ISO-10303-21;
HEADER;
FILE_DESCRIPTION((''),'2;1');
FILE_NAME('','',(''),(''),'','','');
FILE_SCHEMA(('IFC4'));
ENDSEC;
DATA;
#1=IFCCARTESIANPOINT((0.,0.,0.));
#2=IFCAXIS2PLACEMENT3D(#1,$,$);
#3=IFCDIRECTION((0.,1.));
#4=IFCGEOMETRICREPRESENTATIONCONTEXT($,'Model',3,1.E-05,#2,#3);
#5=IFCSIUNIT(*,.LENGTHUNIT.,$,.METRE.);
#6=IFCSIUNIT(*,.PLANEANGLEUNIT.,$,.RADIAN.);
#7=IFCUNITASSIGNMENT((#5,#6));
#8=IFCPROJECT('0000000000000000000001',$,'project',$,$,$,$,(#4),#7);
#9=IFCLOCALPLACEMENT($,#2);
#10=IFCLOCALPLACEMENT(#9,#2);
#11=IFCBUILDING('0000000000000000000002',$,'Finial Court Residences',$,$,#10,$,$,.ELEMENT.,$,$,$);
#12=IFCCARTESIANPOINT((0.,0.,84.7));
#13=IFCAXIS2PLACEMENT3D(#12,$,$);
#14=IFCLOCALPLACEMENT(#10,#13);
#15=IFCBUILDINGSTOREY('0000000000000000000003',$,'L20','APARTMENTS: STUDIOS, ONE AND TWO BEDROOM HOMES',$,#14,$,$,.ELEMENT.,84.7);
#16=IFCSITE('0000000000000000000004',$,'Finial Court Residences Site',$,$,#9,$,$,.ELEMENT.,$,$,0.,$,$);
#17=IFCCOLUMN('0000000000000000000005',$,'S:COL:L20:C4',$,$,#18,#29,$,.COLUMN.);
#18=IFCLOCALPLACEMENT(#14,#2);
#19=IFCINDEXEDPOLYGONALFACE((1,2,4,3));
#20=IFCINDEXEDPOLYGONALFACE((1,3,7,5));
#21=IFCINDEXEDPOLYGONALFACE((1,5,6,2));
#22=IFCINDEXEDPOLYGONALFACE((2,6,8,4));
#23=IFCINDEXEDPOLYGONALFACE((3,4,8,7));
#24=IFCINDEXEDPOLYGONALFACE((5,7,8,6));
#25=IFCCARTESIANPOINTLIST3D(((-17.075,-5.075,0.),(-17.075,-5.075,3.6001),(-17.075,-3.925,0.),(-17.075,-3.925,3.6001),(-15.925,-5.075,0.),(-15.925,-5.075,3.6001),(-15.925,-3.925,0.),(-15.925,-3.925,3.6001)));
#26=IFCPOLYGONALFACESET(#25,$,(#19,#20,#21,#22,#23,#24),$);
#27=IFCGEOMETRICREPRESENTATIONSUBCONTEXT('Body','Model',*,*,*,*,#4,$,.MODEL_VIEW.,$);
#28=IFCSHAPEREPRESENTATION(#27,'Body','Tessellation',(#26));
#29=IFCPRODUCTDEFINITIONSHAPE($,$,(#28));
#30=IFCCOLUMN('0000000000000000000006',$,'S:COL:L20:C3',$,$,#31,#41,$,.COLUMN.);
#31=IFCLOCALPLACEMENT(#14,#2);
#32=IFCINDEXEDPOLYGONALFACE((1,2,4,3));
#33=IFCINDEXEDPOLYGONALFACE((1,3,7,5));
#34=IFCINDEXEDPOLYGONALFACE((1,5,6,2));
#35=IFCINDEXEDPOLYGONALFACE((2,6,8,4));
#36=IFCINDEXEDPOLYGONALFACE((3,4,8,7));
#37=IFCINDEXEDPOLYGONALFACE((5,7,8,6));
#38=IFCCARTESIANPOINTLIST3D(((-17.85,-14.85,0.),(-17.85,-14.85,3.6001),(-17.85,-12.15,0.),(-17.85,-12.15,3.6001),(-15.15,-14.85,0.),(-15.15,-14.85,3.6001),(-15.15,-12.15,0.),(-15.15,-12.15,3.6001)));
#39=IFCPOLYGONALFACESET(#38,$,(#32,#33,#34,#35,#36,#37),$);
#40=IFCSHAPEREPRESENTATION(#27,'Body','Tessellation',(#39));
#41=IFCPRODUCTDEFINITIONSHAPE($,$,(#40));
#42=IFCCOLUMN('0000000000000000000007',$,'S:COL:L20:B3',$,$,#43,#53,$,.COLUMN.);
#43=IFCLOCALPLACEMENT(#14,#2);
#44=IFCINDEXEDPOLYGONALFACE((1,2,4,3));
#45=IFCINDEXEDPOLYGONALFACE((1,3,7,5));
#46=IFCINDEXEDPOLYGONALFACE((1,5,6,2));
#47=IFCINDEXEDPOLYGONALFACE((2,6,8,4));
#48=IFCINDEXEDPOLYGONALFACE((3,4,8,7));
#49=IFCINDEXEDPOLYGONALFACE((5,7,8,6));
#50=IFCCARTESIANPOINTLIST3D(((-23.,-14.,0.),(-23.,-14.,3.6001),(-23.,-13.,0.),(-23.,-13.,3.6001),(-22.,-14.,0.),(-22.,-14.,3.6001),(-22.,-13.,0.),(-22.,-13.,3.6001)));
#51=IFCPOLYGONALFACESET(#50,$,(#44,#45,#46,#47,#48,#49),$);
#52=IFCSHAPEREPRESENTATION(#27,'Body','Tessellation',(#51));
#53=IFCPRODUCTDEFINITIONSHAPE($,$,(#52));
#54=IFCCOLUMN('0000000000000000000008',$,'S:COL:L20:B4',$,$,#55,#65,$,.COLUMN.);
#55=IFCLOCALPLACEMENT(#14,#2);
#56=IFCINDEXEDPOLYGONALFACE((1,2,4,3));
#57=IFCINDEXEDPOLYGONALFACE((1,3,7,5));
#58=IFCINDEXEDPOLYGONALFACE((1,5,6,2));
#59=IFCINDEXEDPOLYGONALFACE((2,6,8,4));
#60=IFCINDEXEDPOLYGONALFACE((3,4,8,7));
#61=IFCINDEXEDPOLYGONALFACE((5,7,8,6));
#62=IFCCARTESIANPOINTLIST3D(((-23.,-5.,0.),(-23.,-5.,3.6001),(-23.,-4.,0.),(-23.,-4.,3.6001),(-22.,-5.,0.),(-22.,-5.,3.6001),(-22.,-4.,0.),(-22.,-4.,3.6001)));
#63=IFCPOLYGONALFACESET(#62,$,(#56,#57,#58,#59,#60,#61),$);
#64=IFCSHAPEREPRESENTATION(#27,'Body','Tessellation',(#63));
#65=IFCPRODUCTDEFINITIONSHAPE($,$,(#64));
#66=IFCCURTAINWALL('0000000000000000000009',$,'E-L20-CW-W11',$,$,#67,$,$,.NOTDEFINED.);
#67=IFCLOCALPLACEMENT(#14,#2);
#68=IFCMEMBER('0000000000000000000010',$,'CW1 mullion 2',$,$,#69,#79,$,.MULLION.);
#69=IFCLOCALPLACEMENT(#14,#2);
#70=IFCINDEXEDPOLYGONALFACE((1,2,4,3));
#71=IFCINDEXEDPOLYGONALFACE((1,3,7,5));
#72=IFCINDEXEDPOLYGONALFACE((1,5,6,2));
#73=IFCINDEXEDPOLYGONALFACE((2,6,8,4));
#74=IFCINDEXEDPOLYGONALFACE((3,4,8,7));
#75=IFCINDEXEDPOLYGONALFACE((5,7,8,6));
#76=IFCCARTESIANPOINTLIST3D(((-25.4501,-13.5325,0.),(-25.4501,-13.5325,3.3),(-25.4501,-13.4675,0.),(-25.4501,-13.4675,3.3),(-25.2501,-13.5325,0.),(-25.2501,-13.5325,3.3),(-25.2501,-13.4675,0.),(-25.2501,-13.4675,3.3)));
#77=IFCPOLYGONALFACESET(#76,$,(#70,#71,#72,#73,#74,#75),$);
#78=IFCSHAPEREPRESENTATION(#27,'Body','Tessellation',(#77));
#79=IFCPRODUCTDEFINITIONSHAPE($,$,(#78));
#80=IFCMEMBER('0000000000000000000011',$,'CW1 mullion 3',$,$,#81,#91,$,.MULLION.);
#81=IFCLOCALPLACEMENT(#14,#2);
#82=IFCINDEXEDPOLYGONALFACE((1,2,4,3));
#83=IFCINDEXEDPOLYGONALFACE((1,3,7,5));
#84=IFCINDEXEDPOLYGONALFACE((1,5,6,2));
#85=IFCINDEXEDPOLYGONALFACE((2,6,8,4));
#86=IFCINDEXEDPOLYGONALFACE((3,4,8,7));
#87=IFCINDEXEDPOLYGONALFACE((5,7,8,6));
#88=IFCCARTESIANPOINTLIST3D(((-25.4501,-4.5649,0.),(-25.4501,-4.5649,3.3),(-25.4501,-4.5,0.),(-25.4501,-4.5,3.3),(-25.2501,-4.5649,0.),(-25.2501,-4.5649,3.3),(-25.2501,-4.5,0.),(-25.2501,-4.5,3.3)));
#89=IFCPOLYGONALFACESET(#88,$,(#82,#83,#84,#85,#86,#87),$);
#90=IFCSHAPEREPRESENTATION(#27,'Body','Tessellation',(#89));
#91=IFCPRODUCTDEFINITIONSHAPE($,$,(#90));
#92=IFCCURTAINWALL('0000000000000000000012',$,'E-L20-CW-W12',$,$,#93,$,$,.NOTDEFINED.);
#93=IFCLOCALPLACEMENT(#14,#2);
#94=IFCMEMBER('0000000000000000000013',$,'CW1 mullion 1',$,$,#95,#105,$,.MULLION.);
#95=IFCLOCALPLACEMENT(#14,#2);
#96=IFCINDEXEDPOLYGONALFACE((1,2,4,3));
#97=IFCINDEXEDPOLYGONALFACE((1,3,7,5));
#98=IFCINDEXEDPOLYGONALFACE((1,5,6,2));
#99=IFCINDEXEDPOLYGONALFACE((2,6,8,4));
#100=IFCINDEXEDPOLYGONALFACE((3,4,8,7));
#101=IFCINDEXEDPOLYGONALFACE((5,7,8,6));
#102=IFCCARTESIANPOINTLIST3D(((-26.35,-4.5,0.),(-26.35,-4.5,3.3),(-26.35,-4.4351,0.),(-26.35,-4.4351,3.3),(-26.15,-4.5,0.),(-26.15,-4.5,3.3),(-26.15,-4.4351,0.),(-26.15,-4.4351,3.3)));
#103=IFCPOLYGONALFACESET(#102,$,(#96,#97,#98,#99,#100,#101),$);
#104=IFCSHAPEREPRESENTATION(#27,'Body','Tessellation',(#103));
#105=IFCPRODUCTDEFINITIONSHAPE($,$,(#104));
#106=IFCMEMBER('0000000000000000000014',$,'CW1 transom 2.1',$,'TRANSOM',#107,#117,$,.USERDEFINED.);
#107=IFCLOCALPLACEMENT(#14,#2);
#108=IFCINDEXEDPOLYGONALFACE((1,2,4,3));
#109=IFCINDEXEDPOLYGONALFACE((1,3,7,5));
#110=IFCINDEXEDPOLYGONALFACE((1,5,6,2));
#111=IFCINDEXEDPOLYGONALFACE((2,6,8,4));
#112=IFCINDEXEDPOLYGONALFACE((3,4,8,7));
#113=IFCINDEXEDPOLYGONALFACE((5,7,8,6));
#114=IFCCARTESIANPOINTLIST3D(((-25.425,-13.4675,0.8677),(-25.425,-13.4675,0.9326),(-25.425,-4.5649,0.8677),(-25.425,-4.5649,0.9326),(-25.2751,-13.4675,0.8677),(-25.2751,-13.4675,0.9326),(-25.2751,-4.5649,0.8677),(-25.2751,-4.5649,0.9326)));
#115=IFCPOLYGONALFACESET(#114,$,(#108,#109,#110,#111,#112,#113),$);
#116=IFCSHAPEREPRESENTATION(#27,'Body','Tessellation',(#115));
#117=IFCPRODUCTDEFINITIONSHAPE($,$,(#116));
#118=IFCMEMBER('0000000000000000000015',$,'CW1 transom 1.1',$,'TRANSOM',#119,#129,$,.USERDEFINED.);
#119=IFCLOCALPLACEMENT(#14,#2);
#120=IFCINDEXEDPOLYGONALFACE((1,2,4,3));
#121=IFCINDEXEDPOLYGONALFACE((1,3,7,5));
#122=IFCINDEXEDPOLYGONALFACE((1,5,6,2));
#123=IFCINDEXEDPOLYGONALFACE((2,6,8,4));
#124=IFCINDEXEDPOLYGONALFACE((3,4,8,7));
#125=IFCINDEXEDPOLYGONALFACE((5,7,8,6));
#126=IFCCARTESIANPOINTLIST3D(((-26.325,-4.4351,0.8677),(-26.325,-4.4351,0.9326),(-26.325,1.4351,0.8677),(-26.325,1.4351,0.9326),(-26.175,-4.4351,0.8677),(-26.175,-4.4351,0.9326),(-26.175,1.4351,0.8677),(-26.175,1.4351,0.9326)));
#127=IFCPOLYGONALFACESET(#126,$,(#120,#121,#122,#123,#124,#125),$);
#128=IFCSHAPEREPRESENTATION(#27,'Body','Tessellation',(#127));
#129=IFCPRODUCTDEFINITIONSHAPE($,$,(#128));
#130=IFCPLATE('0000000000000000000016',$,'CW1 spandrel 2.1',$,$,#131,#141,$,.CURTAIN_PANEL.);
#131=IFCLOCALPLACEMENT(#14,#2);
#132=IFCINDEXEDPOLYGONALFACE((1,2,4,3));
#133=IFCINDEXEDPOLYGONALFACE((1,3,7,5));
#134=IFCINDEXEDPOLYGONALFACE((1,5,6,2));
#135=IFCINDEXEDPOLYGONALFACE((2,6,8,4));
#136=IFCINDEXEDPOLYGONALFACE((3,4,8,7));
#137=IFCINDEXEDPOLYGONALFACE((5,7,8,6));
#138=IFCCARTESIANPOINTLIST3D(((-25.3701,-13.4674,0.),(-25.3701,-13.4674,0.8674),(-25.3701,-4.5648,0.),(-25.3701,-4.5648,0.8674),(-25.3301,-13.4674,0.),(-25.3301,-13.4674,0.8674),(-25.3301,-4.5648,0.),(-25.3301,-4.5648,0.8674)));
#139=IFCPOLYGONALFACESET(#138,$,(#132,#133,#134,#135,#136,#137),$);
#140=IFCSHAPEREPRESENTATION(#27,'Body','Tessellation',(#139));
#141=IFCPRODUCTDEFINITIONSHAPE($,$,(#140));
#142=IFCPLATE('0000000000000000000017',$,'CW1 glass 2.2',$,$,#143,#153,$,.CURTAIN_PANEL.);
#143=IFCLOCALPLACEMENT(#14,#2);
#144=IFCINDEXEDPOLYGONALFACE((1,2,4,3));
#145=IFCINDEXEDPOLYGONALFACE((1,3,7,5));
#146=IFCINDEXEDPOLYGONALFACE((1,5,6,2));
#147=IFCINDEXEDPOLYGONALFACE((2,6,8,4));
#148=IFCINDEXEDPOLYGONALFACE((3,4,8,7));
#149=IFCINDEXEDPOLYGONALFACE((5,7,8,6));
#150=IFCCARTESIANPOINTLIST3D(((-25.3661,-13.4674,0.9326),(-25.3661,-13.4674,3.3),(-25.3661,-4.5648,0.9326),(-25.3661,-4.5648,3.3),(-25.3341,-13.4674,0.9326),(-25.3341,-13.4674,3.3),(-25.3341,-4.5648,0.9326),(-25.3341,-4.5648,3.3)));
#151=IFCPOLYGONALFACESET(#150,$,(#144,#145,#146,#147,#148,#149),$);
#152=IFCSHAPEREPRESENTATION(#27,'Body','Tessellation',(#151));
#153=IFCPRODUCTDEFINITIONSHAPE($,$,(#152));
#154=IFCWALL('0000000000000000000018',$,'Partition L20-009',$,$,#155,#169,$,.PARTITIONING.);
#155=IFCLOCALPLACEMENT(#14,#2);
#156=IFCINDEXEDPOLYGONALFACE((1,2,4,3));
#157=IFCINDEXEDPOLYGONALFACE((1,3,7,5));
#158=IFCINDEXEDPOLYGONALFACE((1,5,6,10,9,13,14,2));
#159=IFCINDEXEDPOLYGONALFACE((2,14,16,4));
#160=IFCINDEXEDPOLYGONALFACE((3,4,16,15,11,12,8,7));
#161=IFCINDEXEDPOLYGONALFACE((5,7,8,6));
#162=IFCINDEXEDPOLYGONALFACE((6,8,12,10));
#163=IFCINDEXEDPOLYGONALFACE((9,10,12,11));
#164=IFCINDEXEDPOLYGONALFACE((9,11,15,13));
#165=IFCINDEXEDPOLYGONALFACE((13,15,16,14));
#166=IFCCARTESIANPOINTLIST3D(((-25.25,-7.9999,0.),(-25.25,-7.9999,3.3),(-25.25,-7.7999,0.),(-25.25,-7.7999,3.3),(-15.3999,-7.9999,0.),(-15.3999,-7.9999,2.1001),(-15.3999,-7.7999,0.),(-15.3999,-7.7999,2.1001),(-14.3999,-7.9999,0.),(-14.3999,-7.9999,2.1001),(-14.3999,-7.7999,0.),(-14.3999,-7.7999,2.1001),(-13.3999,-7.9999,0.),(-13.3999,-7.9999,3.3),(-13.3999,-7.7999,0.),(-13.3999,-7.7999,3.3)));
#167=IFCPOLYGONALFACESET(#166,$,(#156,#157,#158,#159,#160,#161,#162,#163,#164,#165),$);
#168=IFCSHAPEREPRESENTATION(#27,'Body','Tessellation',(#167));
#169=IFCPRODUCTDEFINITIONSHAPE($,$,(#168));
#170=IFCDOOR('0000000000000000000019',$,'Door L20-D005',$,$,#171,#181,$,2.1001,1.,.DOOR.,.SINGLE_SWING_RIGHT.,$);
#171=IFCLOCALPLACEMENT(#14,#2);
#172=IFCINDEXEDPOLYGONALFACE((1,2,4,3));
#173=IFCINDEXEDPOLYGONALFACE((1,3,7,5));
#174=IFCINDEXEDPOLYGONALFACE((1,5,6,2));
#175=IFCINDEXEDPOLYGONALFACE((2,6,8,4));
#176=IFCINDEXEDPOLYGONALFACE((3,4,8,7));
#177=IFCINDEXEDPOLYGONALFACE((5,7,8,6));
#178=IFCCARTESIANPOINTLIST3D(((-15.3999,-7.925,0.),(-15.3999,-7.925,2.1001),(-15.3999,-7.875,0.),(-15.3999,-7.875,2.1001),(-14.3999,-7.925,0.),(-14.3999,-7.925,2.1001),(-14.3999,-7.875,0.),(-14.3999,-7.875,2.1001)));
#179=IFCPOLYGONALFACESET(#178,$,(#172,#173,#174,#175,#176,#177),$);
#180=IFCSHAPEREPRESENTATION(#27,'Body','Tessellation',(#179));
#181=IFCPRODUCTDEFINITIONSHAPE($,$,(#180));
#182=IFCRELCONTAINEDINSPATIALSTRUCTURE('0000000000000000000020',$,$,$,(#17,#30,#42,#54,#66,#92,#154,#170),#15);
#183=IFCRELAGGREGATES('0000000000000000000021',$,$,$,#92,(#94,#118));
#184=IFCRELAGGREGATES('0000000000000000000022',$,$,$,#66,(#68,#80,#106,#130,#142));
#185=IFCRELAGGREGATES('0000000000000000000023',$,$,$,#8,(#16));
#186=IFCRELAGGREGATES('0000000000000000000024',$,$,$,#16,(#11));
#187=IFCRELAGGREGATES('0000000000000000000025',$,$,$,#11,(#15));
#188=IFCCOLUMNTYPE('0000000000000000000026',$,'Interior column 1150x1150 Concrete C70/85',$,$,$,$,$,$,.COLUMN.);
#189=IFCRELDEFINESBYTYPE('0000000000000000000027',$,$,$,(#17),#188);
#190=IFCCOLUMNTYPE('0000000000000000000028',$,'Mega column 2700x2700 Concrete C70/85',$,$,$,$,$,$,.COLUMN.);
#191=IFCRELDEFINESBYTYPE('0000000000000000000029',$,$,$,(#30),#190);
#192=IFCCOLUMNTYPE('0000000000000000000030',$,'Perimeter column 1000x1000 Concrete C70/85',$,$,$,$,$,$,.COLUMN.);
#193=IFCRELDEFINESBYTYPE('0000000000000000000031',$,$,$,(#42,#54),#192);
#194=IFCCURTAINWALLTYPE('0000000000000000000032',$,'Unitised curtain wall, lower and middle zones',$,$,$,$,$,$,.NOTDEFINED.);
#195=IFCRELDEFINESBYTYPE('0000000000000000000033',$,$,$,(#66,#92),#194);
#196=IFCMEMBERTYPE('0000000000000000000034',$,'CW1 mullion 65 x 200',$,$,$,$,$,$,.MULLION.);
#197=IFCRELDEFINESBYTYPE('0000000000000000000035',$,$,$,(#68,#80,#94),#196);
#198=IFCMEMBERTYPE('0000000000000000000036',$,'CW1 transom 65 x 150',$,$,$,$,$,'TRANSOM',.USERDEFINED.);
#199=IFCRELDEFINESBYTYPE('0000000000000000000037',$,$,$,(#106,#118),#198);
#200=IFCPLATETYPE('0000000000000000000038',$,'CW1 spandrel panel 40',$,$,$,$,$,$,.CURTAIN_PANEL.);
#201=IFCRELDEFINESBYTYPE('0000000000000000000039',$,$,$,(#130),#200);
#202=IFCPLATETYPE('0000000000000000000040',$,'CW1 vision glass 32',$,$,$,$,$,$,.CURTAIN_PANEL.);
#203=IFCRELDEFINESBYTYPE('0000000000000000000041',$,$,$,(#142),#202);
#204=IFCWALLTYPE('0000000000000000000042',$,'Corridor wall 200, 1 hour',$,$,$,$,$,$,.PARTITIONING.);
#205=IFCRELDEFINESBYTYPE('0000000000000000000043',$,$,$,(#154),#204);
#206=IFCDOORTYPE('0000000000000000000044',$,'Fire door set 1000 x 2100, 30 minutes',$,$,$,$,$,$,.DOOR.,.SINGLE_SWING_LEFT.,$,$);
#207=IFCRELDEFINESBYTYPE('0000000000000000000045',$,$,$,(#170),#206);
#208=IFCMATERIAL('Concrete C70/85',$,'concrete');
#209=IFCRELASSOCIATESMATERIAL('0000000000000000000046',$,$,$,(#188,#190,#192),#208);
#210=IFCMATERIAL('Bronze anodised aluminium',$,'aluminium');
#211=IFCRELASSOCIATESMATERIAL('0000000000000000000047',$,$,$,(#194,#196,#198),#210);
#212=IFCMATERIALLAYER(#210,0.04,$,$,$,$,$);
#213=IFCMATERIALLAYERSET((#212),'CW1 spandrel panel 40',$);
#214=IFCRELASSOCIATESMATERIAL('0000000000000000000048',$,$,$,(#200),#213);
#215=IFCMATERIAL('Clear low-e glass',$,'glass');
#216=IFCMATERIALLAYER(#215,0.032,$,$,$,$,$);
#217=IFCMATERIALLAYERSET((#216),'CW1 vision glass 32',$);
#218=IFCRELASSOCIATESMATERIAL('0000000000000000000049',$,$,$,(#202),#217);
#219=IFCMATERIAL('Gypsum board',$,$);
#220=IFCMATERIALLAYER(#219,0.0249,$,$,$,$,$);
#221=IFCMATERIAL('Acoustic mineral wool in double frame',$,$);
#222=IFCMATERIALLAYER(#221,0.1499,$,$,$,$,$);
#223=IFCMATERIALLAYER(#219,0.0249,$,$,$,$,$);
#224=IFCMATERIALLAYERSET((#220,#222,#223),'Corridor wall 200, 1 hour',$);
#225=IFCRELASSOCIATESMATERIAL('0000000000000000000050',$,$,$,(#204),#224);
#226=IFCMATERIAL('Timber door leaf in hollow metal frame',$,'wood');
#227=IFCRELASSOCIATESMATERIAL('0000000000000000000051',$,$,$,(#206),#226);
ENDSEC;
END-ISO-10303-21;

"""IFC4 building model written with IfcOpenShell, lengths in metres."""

from ifc_helpers import new_model, si_unit, direction, frame, frame_2d, origin, origin_2d, place, context, subcontext, project, spatial, rectangle, extrude, material, layer, layer_set, material_profile, profile_set, type_object, element, fill, aggregate, save


model = new_model("IFC4")

# Units and contexts
model_context = context("Model", 3, precision=1e-05, world=origin(), true_north=direction((0.0, 1.0)))
body_context = subcontext(model_context, "Body", "Model", "MODEL_VIEW")
ifc_project = project(units=[si_unit("LENGTHUNIT", "METRE"), si_unit("PLANEANGLEUNIT", "RADIAN")], contexts=[model_context])

# Site, building, storey
site_placement = place(None, origin())
site = spatial("IfcSite", under=ifc_project, at=site_placement, Name="Finial Court Residences Site", CompositionType="ELEMENT", RefElevation=0.0)
building_placement = place(site_placement, origin())
building = spatial("IfcBuilding", under=site, at=building_placement, Name="Finial Court Residences", CompositionType="ELEMENT")
storey_placement = place(building_placement, frame((0.0, 0.0, 84.7)))
storey = spatial("IfcBuildingStorey", under=building, at=storey_placement, Name="L20", Description="APARTMENTS: STUDIOS, ONE AND TWO BEDROOM HOMES", CompositionType="ELEMENT", Elevation=84.7)

# Columns
ifc_material_1 = material(Name="Concrete C70/85", Category="concrete")
ifc_material_profile_1 = material_profile(ifc_material_1, rectangle(XDim=1.1499, YDim=1.1499, at=origin_2d()), Name="1150x1150")
ifc_profile_set_1 = profile_set([ifc_material_profile_1], Name="Concrete C70/85")
column_type_1 = type_object("IfcColumnType", Name="Interior column 1150x1150 Concrete C70/85", PredefinedType="COLUMN", material=ifc_profile_set_1)
column_1_placement = place(storey_placement, frame((-16.5, -4.5, 0.0), z_axis=(0.0, 0.0, 1.0), x_axis=(1.0, 0.0, 0.0)))
element("IfcColumn", 1, at=column_1_placement, inside=storey, type_object=column_type_1, Name="S:COL:L20:C4", PredefinedType="COLUMN", context=body_context, shape_type="SweptSolid", body=[
    extrude(rectangle(XDim=1.1499, YDim=1.1499, at=origin_2d()), origin(), (0.0, 0.0, 1.0), 3.6001),
])
ifc_material_profile_2 = material_profile(ifc_material_1, rectangle(XDim=2.7, YDim=2.7, at=origin_2d()), Name="2700x2700")
ifc_profile_set_2 = profile_set([ifc_material_profile_2], Name="Concrete C70/85")
column_type_2 = type_object("IfcColumnType", Name="Mega column 2700x2700 Concrete C70/85", PredefinedType="COLUMN", material=ifc_profile_set_2)
column_2_placement = place(storey_placement, frame((-16.5, -13.5, 0.0), z_axis=(0.0, 0.0, 1.0), x_axis=(1.0, 0.0, 0.0)))
element("IfcColumn", 2, at=column_2_placement, inside=storey, type_object=column_type_2, Name="S:COL:L20:C3", PredefinedType="COLUMN", context=body_context, shape_type="SweptSolid", body=[
    extrude(rectangle(XDim=2.7, YDim=2.7, at=origin_2d()), origin(), (0.0, 0.0, 1.0), 3.6001),
])
ifc_material_profile_3 = material_profile(ifc_material_1, rectangle(XDim=1.0, YDim=1.0, at=origin_2d()), Name="1000x1000")
ifc_profile_set_3 = profile_set([ifc_material_profile_3], Name="Concrete C70/85")
column_type_3 = type_object("IfcColumnType", Name="Perimeter column 1000x1000 Concrete C70/85", PredefinedType="COLUMN", material=ifc_profile_set_3)
for number, where, z_axis, x_axis, name in (
    (3, (-22.5, -13.5, 0.0), (0.0, 0.0, 1.0), (1.0, 0.0, 0.0), "S:COL:L20:B3"),
    (4, (-22.5, -4.5, 0.0), (0.0, 0.0, 1.0), (1.0, 0.0, 0.0), "S:COL:L20:B4"),
):
    element("IfcColumn", number, at=place(storey_placement, frame(where, z_axis=z_axis, x_axis=x_axis)), inside=storey, type_object=column_type_3, Name=name, PredefinedType="COLUMN", context=body_context, shape_type="SweptSolid", body=[
        extrude(rectangle(XDim=1.0, YDim=1.0, at=origin_2d()), origin(), (0.0, 0.0, 1.0), 3.6001),
    ])

# Curtain wall, members
ifc_material_2 = material(Name="Bronze anodised aluminium", Category="aluminium")
curtain_wall_type = type_object("IfcCurtainWallType", Name="Unitised curtain wall, lower and middle zones", PredefinedType="NOTDEFINED", material=ifc_material_2)
curtain_wall_1_placement = place(storey_placement, origin())
curtain_wall_1 = element("IfcCurtainWall", 5, at=curtain_wall_1_placement, inside=storey, type_object=curtain_wall_type, Name="E-L20-CW-W11", PredefinedType="NOTDEFINED")
ifc_material_profile_4 = material_profile(ifc_material_2, rectangle(XDim=0.2, YDim=0.0649, at=origin_2d()), Name="CW1 mullion 65 x 200")
ifc_profile_set_4 = profile_set([ifc_material_profile_4], Name="Bronze anodised aluminium")
member_type_1 = type_object("IfcMemberType", Name="CW1 mullion 65 x 200", PredefinedType="MULLION", material=ifc_profile_set_4)
member_1_placement = place(storey_placement, frame((-25.3501, -13.5, 0.0), z_axis=(0.0, 0.0, 1.0), x_axis=(-1.0, 0.0, 0.0)))
member_1 = element("IfcMember", 6, at=member_1_placement, type_object=member_type_1, Name="CW1 mullion 2", PredefinedType="MULLION", context=body_context, shape_type="SweptSolid", body=[
    extrude(rectangle(XDim=0.2, YDim=0.0649, at=origin_2d()), origin(), (0.0, 0.0, 1.0), 3.3),
])
member_2_placement = place(storey_placement, frame((-25.3501, -4.5325, 0.0), z_axis=(0.0, 0.0, 1.0), x_axis=(-1.0, 0.0, 0.0)))
member_2 = element("IfcMember", 7, at=member_2_placement, type_object=member_type_1, Name="CW1 mullion 3", PredefinedType="MULLION", context=body_context, shape_type="SweptSolid", body=[
    extrude(rectangle(XDim=0.2, YDim=0.0649, at=origin_2d()), origin(), (0.0, 0.0, 1.0), 3.3),
])

# Curtain wall, member
curtain_wall_2_placement = place(storey_placement, origin())
curtain_wall_2 = element("IfcCurtainWall", 8, at=curtain_wall_2_placement, inside=storey, type_object=curtain_wall_type, Name="E-L20-CW-W12", PredefinedType="NOTDEFINED")
member_3_placement = place(storey_placement, frame((-26.25, -4.4675, 0.0), z_axis=(0.0, 0.0, 1.0), x_axis=(-1.0, 0.0, 0.0)))
member_3 = element("IfcMember", 9, at=member_3_placement, type_object=member_type_1, Name="CW1 mullion 1", PredefinedType="MULLION", context=body_context, shape_type="SweptSolid", body=[
    extrude(rectangle(XDim=0.2, YDim=0.0649, at=origin_2d()), origin(), (0.0, 0.0, 1.0), 3.3),
])

# Members
ifc_material_profile_5 = material_profile(ifc_material_2, rectangle(XDim=0.1499, YDim=0.0649, at=origin_2d()), Name="CW1 transom 65 x 150")
ifc_profile_set_5 = profile_set([ifc_material_profile_5], Name="Bronze anodised aluminium")
member_type_2 = type_object("IfcMemberType", Name="CW1 transom 65 x 150", ElementType="TRANSOM", PredefinedType="USERDEFINED", material=ifc_profile_set_5)
member_4_placement = place(storey_placement, frame((-25.3501, -13.4675, 0.9001), z_axis=(0.0, 1.0, 0.0), x_axis=(-1.0, 0.0, 0.0)))
member_4 = element("IfcMember", 10, at=member_4_placement, type_object=member_type_2, Name="CW1 transom 2.1", ObjectType="TRANSOM", PredefinedType="USERDEFINED", context=body_context, shape_type="SweptSolid", body=[
    extrude(rectangle(XDim=0.1499, YDim=0.0649, at=origin_2d()), origin(), (0.0, 0.0, 1.0), 8.9026),
])
member_5_placement = place(storey_placement, frame((-26.25, -4.4351, 0.9001), z_axis=(0.0, 1.0, 0.0), x_axis=(-1.0, 0.0, 0.0)))
member_5 = element("IfcMember", 11, at=member_5_placement, type_object=member_type_2, Name="CW1 transom 1.1", ObjectType="TRANSOM", PredefinedType="USERDEFINED", context=body_context, shape_type="SweptSolid", body=[
    extrude(rectangle(XDim=0.1499, YDim=0.0649, at=origin_2d()), origin(), (0.0, 0.0, 1.0), 5.8701),
])
aggregate(curtain_wall_2, [member_3, member_5])

# Plates
ifc_layer_1 = layer(ifc_material_2, 0.04)
ifc_layer_set_1 = layer_set([ifc_layer_1], Name="CW1 spandrel panel 40")
plate_type_1 = type_object("IfcPlateType", Name="CW1 spandrel panel 40", PredefinedType="CURTAIN_PANEL", material=ifc_layer_set_1)
plate_1_placement = place(storey_placement, frame((-25.3501, -9.0161, 0.0), z_axis=(0.0, 0.0, 1.0), x_axis=(0.0, 1.0, 0.0)))
plate_1 = element("IfcPlate", 12, at=plate_1_placement, type_object=plate_type_1, Name="CW1 spandrel 2.1", PredefinedType="CURTAIN_PANEL", context=body_context, shape_type="SweptSolid", body=[
    extrude(rectangle(XDim=8.9026, YDim=0.04, at=origin_2d()), origin(), (0.0, 0.0, 1.0), 0.8674),
])
ifc_material_3 = material(Name="Clear low-e glass", Category="glass")
ifc_layer_2 = layer(ifc_material_3, 0.032)
ifc_layer_set_2 = layer_set([ifc_layer_2], Name="CW1 vision glass 32")
plate_type_2 = type_object("IfcPlateType", Name="CW1 vision glass 32", PredefinedType="CURTAIN_PANEL", material=ifc_layer_set_2)
plate_2_placement = place(storey_placement, frame((-25.3501, -9.0161, 0.9326), z_axis=(0.0, 0.0, 1.0), x_axis=(0.0, 1.0, 0.0)))
plate_2 = element("IfcPlate", 13, at=plate_2_placement, type_object=plate_type_2, Name="CW1 glass 2.2", PredefinedType="CURTAIN_PANEL", context=body_context, shape_type="SweptSolid", body=[
    extrude(rectangle(XDim=8.9026, YDim=0.032, at=origin_2d()), origin(), (0.0, 0.0, 1.0), 2.3674),
])
aggregate(curtain_wall_1, [member_1, member_2, member_4, plate_1, plate_2])

# Wall, opening, door
ifc_material_4 = material(Name="Gypsum board")
ifc_layer_3 = layer(ifc_material_4, 0.0249)
ifc_material_5 = material(Name="Acoustic mineral wool in double frame")
ifc_layer_4 = layer(ifc_material_5, 0.1499)
ifc_layer_5 = layer(ifc_material_4, 0.0249)
ifc_layer_set_3 = layer_set([ifc_layer_3, ifc_layer_4, ifc_layer_5], Name="Corridor wall 200, 1 hour")
wall_type_1 = type_object("IfcWallType", Name="Corridor wall 200, 1 hour", PredefinedType="PARTITIONING", material=ifc_layer_set_3)
wall_1_placement = place(storey_placement, frame((-25.25, -7.8999, 0.0), z_axis=(0.0, 0.0, 1.0), x_axis=(1.0, 0.0, 0.0)))
wall_1 = element("IfcWall", 14, at=wall_1_placement, inside=storey, type_object=wall_type_1, Name="Partition L20-009", PredefinedType="PARTITIONING", context=body_context, shape_type="SweptSolid", body=[
    extrude(rectangle(XDim=11.8501, YDim=0.2, at=frame_2d((5.925, 0.0))), origin(), (0.0, 0.0, 1.0), 3.3),
])
opening_1_placement = place(wall_1_placement, frame((9.8501, 0.0, 0.0)))
opening_1 = element("IfcOpeningElement", 15, at=opening_1_placement, cuts=wall_1, PredefinedType="OPENING", context=body_context, shape_type="SweptSolid", body=[
    extrude(rectangle(XDim=1.0, YDim=2.1001, at=frame_2d((0.5, 1.05))), frame((0.0, 0.1099, 0.0), z_axis=(0.0, -1.0, 0.0), x_axis=(1.0, 0.0, 0.0)), (0.0, 0.0, 1.0), 0.22),
])
ifc_material_6 = material(Name="Timber door leaf in hollow metal frame", Category="wood")
door_type_1 = type_object("IfcDoorType", Name="Fire door set 1000 x 2100, 30 minutes", OperationType="SINGLE_SWING_LEFT", PredefinedType="DOOR", material=ifc_material_6)
door_1_placement = place(opening_1_placement, origin())
door_1 = element("IfcDoor", 16, at=door_1_placement, inside=storey, type_object=door_type_1, Name="Door L20-D005", OperationType="SINGLE_SWING_RIGHT", OverallHeight=2.1001, OverallWidth=1.0, PredefinedType="DOOR", context=body_context, shape_type="SweptSolid", body=[
    extrude(rectangle(XDim=1.0, YDim=2.1001, at=frame_2d((0.5, 1.05))), frame((0.0, 0.0249, 0.0), z_axis=(0.0, -1.0, 0.0), x_axis=(1.0, 0.0, 0.0)), (0.0, 0.0, 1.0), 0.05),
])
fill(opening_1, door_1)

save(model, "model.ifc")
